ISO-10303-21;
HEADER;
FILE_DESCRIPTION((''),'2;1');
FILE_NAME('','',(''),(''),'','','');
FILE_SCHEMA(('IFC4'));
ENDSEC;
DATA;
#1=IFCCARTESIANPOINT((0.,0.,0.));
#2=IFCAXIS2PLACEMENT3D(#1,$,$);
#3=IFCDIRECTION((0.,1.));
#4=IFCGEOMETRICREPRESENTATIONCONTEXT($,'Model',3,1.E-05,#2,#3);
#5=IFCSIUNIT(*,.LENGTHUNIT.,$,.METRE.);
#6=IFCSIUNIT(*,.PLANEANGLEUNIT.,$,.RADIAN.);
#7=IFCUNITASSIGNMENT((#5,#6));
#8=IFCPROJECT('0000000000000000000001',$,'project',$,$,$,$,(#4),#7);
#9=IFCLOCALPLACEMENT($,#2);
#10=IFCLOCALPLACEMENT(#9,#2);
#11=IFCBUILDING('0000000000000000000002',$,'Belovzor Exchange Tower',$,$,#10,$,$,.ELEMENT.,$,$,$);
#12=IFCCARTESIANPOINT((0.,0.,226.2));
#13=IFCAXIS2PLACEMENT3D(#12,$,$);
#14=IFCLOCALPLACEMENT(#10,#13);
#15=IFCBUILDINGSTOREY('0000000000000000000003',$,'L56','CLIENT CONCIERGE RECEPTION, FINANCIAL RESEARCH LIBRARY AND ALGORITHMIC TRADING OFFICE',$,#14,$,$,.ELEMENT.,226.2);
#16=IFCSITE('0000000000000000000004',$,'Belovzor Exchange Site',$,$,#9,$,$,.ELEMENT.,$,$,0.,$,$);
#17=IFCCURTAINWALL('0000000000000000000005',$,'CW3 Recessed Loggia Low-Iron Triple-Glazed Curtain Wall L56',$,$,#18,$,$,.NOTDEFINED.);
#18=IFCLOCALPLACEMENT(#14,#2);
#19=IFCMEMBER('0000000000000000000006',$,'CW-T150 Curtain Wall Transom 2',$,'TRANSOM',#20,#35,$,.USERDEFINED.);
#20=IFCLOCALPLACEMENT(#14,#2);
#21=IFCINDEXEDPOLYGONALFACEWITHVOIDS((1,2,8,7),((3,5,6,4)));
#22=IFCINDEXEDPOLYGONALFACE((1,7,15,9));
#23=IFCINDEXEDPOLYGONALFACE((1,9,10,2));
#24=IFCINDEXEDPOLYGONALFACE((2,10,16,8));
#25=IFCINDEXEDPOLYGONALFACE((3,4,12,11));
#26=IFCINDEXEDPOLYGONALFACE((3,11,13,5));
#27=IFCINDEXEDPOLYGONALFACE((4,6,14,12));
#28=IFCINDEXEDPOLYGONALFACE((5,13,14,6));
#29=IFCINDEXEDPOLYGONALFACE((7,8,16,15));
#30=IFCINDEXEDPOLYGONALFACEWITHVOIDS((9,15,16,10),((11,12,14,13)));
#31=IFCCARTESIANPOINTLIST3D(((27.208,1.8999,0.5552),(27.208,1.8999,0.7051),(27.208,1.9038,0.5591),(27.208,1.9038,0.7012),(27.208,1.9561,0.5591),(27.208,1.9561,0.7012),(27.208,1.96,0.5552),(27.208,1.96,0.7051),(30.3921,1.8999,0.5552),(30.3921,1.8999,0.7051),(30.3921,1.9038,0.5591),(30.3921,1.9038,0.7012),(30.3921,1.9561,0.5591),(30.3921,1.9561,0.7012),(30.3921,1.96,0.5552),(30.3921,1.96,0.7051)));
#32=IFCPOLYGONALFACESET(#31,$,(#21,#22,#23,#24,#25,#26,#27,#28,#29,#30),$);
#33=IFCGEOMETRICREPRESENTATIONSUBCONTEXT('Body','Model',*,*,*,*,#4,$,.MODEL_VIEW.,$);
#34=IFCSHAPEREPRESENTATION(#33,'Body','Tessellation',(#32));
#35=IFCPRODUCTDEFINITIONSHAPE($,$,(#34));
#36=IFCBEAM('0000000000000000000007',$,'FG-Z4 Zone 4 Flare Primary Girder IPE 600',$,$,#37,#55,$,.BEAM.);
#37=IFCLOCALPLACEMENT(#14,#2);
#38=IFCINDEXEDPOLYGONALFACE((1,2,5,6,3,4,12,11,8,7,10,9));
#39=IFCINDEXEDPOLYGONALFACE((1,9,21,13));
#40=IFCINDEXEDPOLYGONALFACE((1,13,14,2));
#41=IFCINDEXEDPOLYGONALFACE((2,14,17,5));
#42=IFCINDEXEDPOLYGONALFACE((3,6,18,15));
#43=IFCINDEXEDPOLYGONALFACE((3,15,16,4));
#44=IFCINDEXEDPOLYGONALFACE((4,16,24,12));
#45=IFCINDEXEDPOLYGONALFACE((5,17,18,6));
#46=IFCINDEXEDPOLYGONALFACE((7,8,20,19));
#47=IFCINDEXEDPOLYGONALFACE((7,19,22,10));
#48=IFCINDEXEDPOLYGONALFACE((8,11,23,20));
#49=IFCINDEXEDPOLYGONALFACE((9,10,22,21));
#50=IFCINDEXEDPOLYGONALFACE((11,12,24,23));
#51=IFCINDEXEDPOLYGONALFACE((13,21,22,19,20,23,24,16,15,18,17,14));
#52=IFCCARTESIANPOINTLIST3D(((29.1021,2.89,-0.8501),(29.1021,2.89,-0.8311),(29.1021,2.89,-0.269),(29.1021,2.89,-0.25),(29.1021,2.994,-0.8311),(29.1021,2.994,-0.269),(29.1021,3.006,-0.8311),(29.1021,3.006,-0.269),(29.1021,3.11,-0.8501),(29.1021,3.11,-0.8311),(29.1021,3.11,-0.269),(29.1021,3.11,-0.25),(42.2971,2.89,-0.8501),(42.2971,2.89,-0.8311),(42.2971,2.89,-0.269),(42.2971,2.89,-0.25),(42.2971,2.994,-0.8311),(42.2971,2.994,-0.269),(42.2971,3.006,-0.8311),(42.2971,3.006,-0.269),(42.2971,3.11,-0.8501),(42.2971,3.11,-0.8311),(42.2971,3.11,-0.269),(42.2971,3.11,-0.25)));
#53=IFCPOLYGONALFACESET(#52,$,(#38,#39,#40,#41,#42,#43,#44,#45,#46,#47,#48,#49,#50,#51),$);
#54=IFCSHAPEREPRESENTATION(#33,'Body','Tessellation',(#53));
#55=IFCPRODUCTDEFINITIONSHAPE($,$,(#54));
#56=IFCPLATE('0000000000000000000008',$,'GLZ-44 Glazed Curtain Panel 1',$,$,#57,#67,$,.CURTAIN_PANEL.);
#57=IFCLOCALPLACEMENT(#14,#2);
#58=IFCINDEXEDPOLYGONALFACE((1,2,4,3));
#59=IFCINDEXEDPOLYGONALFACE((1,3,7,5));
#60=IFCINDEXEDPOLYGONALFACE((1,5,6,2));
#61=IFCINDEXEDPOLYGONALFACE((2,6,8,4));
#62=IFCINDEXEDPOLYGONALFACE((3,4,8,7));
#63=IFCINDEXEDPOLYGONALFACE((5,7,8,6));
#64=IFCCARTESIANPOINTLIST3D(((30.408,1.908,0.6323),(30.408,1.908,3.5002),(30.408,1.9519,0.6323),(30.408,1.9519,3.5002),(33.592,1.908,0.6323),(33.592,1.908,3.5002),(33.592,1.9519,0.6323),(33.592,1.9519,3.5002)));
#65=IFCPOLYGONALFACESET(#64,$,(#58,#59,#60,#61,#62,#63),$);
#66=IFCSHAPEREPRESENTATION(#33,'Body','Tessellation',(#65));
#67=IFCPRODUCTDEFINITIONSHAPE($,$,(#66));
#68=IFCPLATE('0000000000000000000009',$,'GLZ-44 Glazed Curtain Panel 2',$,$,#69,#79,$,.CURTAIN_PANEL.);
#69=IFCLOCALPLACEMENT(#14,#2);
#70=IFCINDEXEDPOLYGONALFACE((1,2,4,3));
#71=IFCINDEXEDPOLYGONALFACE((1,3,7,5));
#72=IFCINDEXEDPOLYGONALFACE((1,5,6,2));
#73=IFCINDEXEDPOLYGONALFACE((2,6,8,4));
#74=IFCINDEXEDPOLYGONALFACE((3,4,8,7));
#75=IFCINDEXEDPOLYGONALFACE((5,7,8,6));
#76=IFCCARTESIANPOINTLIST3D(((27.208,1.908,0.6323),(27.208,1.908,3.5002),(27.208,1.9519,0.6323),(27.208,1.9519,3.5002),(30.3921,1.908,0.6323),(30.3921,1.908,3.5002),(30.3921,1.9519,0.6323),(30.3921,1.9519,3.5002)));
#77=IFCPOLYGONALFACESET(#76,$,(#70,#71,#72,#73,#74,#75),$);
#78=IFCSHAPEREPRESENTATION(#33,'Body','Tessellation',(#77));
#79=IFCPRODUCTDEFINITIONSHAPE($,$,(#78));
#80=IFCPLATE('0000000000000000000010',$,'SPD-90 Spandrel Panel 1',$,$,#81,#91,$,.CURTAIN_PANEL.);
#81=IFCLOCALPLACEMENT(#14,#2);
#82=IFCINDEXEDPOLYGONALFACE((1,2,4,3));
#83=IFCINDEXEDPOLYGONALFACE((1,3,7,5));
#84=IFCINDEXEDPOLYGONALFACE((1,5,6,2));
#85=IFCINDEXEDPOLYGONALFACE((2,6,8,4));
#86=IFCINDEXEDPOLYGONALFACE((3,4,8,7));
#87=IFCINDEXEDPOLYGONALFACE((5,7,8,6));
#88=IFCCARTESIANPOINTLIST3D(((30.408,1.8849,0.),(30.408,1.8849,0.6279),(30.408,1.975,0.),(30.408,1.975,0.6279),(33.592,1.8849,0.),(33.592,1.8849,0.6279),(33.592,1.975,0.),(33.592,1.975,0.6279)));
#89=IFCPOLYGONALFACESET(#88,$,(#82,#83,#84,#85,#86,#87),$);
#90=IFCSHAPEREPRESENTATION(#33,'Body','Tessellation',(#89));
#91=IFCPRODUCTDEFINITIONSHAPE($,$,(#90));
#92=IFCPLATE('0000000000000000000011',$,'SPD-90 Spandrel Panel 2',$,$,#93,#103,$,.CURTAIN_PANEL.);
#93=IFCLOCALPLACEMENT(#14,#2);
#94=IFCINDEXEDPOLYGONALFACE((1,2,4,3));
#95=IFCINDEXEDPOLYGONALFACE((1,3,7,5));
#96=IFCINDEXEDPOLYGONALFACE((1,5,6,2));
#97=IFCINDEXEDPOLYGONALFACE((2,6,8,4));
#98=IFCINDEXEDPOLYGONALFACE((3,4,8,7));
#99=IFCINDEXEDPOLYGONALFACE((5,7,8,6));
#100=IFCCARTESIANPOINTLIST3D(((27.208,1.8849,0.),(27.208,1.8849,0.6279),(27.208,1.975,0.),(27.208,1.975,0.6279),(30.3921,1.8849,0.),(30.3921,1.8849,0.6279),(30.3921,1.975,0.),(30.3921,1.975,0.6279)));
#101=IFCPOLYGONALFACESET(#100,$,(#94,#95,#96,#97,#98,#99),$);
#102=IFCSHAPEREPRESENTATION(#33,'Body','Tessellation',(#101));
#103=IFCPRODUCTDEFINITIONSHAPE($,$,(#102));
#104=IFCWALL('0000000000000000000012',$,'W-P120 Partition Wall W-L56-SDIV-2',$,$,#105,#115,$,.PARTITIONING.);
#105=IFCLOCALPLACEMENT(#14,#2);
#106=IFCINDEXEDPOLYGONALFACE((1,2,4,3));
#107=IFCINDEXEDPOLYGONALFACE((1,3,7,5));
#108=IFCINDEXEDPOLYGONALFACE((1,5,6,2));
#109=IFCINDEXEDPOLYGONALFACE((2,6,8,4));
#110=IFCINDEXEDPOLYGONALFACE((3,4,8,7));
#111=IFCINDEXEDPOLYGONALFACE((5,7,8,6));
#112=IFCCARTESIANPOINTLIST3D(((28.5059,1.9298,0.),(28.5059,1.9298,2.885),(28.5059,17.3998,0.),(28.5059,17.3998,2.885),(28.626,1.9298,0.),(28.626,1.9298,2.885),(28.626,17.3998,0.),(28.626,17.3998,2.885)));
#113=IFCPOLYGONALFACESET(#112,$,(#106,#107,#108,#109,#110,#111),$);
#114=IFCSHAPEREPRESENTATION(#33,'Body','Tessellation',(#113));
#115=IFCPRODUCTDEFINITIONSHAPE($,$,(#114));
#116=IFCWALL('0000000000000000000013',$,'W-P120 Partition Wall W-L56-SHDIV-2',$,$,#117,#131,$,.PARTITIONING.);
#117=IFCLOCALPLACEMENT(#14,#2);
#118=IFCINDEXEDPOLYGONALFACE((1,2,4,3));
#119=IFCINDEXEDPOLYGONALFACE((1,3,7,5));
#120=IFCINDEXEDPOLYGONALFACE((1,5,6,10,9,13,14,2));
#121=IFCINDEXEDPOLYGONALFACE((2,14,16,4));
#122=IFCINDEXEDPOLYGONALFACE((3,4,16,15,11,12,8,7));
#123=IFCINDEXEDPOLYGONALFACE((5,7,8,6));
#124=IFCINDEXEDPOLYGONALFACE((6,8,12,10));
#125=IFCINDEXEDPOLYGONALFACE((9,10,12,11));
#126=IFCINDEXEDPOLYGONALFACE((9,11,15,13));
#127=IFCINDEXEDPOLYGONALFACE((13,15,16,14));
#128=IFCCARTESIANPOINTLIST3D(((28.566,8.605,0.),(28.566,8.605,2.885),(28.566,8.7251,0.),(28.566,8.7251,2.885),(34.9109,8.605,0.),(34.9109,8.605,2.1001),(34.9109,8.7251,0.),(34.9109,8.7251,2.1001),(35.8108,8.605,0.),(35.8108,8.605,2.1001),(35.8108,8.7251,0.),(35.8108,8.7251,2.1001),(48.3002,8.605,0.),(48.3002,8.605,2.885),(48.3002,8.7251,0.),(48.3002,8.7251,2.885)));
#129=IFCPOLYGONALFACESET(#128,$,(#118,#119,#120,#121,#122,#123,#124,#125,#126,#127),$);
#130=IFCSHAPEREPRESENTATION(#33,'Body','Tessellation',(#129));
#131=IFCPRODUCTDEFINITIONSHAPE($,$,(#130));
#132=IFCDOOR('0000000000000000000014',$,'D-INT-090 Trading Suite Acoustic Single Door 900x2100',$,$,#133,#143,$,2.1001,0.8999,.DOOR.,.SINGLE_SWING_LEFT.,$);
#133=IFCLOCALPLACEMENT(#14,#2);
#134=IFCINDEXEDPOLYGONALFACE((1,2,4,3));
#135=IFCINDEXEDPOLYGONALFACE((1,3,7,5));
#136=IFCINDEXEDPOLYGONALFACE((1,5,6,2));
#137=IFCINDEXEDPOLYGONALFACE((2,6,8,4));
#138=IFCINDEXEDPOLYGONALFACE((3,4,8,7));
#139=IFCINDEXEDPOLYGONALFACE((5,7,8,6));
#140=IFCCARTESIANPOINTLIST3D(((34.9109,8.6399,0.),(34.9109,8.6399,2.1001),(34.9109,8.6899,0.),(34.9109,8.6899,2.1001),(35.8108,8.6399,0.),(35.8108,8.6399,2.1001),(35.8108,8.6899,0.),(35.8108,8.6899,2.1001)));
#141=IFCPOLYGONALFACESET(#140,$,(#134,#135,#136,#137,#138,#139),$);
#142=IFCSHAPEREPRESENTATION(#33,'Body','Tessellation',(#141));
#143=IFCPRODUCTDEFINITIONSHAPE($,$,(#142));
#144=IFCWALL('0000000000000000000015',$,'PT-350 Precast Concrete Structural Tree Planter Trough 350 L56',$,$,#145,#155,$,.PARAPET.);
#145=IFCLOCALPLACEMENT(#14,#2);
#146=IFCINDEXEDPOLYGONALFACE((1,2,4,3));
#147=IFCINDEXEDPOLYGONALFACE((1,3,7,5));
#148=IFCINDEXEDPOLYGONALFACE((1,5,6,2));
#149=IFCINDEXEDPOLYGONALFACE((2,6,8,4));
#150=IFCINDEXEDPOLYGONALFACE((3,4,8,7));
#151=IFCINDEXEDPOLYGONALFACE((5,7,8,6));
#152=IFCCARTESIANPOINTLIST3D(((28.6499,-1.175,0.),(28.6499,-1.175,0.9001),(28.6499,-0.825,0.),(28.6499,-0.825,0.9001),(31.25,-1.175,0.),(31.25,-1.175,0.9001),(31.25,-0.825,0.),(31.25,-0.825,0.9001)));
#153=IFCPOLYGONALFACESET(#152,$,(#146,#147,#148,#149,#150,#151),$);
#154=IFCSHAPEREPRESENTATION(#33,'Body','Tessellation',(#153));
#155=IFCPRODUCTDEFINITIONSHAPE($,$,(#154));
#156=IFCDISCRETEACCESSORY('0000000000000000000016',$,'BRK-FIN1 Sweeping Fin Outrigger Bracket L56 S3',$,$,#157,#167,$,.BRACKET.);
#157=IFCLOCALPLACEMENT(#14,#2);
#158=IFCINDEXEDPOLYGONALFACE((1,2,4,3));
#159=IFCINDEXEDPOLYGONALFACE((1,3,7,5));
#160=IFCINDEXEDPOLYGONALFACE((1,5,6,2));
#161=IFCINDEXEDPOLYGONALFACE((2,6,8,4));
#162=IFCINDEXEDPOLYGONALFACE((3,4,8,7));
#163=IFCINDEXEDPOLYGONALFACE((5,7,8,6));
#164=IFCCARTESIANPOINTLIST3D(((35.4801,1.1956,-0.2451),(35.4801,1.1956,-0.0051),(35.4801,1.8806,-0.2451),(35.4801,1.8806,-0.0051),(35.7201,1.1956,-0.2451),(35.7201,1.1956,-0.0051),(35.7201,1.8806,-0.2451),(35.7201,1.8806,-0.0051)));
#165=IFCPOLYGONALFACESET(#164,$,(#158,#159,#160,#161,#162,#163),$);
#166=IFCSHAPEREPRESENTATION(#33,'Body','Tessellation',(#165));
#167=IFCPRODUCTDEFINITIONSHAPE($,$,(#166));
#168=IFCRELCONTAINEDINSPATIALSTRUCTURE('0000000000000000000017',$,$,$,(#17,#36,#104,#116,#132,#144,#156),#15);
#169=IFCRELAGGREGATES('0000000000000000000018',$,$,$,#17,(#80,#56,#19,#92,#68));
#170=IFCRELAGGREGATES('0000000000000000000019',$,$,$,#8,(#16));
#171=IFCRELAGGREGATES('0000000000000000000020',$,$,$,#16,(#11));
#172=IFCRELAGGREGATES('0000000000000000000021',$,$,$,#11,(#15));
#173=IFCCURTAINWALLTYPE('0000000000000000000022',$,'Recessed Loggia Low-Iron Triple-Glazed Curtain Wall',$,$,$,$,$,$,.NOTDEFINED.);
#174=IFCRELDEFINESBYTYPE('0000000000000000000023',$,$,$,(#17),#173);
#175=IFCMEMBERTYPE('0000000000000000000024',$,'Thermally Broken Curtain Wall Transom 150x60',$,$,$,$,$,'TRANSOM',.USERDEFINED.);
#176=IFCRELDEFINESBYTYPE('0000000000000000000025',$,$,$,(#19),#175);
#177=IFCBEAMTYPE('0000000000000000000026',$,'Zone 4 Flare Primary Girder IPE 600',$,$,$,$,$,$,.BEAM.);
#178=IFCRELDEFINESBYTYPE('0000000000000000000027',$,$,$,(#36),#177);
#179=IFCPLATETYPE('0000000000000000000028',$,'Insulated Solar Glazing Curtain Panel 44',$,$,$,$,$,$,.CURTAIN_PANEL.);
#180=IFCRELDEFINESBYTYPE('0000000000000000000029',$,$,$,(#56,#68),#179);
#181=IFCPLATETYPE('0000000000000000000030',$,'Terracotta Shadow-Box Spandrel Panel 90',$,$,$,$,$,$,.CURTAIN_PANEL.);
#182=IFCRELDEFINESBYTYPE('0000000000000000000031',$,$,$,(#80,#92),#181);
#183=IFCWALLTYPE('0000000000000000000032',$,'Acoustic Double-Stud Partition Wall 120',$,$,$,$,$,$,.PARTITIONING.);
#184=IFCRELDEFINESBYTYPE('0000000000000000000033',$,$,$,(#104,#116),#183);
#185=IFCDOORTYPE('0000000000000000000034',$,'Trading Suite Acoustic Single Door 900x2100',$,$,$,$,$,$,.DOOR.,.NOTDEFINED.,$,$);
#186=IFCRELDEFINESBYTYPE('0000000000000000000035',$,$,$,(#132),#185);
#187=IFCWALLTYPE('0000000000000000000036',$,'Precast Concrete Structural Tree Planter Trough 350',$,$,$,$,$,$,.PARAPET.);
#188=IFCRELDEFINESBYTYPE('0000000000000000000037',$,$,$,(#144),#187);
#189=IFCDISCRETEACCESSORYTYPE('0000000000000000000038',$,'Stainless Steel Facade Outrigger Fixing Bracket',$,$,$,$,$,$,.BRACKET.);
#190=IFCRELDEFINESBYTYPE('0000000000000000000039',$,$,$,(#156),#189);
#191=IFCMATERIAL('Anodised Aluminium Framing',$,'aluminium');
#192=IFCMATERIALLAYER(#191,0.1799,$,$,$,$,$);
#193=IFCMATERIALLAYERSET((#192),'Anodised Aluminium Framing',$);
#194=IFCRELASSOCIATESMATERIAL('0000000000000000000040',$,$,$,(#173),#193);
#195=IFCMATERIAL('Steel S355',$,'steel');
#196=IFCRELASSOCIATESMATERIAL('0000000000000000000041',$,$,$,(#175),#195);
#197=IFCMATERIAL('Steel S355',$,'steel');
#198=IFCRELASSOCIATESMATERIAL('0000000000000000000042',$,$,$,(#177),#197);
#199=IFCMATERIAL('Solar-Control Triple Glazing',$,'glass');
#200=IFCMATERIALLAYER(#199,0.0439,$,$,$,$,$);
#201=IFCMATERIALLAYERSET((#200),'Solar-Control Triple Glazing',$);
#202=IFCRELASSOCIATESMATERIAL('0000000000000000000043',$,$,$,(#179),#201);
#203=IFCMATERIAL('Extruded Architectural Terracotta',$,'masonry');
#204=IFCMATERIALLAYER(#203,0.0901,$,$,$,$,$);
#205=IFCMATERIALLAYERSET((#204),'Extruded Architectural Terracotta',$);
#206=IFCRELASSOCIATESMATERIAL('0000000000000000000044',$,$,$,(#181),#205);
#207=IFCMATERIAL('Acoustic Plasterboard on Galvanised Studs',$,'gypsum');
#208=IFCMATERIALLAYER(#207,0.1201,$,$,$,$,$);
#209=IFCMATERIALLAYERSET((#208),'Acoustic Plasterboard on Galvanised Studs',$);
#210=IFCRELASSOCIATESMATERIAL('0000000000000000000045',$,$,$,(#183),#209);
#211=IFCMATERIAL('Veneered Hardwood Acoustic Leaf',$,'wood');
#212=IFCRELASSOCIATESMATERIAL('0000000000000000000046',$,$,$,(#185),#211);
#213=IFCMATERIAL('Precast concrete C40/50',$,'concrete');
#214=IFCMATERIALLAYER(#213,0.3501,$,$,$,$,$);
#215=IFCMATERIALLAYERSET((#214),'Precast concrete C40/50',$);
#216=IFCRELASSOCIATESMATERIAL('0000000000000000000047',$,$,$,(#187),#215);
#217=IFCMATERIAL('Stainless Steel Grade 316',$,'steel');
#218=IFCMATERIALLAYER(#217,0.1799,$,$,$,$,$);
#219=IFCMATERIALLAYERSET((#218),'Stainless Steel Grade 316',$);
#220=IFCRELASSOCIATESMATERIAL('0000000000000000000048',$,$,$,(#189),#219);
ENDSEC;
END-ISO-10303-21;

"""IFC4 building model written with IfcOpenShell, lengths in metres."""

from ifc_helpers import new_model, si_unit, direction, frame, frame_2d, origin, origin_2d, place, context, subcontext, project, spatial, rectangle, hollow_rectangle, i_section, extrude, material, layer, layer_set, material_profile, profile_set, type_object, element, fill, aggregate, save


model = new_model("IFC4")

# Units and contexts
model_context = context("Model", 3, precision=1e-05, world=origin(), true_north=direction((0.0, 1.0)))
body_context = subcontext(model_context, "Body", "Model", "MODEL_VIEW")
ifc_project = project(units=[si_unit("LENGTHUNIT", "METRE"), si_unit("PLANEANGLEUNIT", "RADIAN")], contexts=[model_context])

# Site, building, storey
site_placement = place(None, origin())
site = spatial("IfcSite", under=ifc_project, at=site_placement, Name="Belovzor Exchange Site", CompositionType="ELEMENT", RefElevation=0.0)
building_placement = place(site_placement, origin())
building = spatial("IfcBuilding", under=site, at=building_placement, Name="Belovzor Exchange Tower", CompositionType="ELEMENT")
storey_placement = place(building_placement, frame((0.0, 0.0, 226.2)))
storey = spatial("IfcBuildingStorey", under=building, at=storey_placement, Name="L56", Description="CLIENT CONCIERGE RECEPTION, FINANCIAL RESEARCH LIBRARY AND ALGORITHMIC TRADING OFFICE", CompositionType="ELEMENT", Elevation=226.2)

# Curtain wall, member
ifc_material_1 = material(Name="Anodised Aluminium Framing", Category="aluminium")
ifc_layer_1 = layer(ifc_material_1, 0.1799)
ifc_layer_set_1 = layer_set([ifc_layer_1], Name="Anodised Aluminium Framing")
curtain_wall_type = type_object("IfcCurtainWallType", Name="Recessed Loggia Low-Iron Triple-Glazed Curtain Wall", PredefinedType="NOTDEFINED", material=ifc_layer_set_1)
curtain_wall_placement = place(storey_placement, origin())
curtain_wall = element("IfcCurtainWall", 1, at=curtain_wall_placement, inside=storey, type_object=curtain_wall_type, Name="CW3 Recessed Loggia Low-Iron Triple-Glazed Curtain Wall L56", PredefinedType="NOTDEFINED")
ifc_material_2 = material(Name="Steel S355", Category="steel")
ifc_material_profile_1 = material_profile(ifc_material_2, hollow_rectangle(XDim=0.0601, YDim=0.1499, WallThickness=0.0039, at=origin_2d()))
ifc_profile_set_1 = profile_set([ifc_material_profile_1], Name="Steel S355")
member_type_1 = type_object("IfcMemberType", Name="Thermally Broken Curtain Wall Transom 150x60", ElementType="TRANSOM", PredefinedType="USERDEFINED", material=ifc_profile_set_1)
member_1_placement = place(storey_placement, frame((30.3921, 1.9299, 0.6301), z_axis=(-1.0, 0.0, 0.0), x_axis=(0.0, -1.0, 0.0)))
member_1 = element("IfcMember", 2, at=member_1_placement, type_object=member_type_1, Name="CW-T150 Curtain Wall Transom 2", ObjectType="TRANSOM", PredefinedType="USERDEFINED", context=body_context, shape_type="SweptSolid", body=[
    extrude(hollow_rectangle(XDim=0.0601, YDim=0.1499, WallThickness=0.0039, at=origin_2d()), origin(), (0.0, 0.0, 1.0), 3.1841),
])

# Beam
ifc_material_3 = material(Name="Steel S355", Category="steel")
ifc_material_profile_2 = material_profile(ifc_material_3, i_section(OverallWidth=0.22, OverallDepth=0.6001, WebThickness=0.012, FlangeThickness=0.019, at=origin_2d()))
ifc_profile_set_2 = profile_set([ifc_material_profile_2], Name="Steel S355")
beam_type_1 = type_object("IfcBeamType", Name="Zone 4 Flare Primary Girder IPE 600", PredefinedType="BEAM", material=ifc_profile_set_2)
beam_1_placement = place(storey_placement, frame((29.1021, 3.0, -0.55), z_axis=(1.0, 0.0, 0.0), x_axis=(0.0, 1.0, 0.0)))
element("IfcBeam", 3, at=beam_1_placement, inside=storey, type_object=beam_type_1, Name="FG-Z4 Zone 4 Flare Primary Girder IPE 600", PredefinedType="BEAM", context=body_context, shape_type="SweptSolid", body=[
    extrude(i_section(OverallWidth=0.22, OverallDepth=0.6001, WebThickness=0.012, FlangeThickness=0.019, at=origin_2d()), origin(), (0.0, 0.0, 1.0), 13.1951),
])

# Plates
ifc_material_4 = material(Name="Solar-Control Triple Glazing", Category="glass")
ifc_layer_2 = layer(ifc_material_4, 0.0439)
ifc_layer_set_2 = layer_set([ifc_layer_2], Name="Solar-Control Triple Glazing")
plate_type_1 = type_object("IfcPlateType", Name="Insulated Solar Glazing Curtain Panel 44", PredefinedType="CURTAIN_PANEL", material=ifc_layer_set_2)
plate_1_placement = place(storey_placement, frame((32.0, 1.9299, 0.6323), z_axis=(0.0, 0.0, 1.0), x_axis=(-1.0, 0.0, 0.0)))
plate_1 = element("IfcPlate", 4, at=plate_1_placement, type_object=plate_type_1, Name="GLZ-44 Glazed Curtain Panel 1", PredefinedType="CURTAIN_PANEL", context=body_context, shape_type="SweptSolid", body=[
    extrude(rectangle(XDim=3.1841, YDim=0.0439, at=origin_2d()), origin(), (0.0, 0.0, 1.0), 2.8679),
])
plate_2_placement = place(storey_placement, frame((28.8, 1.9299, 0.6323), z_axis=(0.0, 0.0, 1.0), x_axis=(-1.0, 0.0, 0.0)))
plate_2 = element("IfcPlate", 5, at=plate_2_placement, type_object=plate_type_1, Name="GLZ-44 Glazed Curtain Panel 2", PredefinedType="CURTAIN_PANEL", context=body_context, shape_type="SweptSolid", body=[
    extrude(rectangle(XDim=3.1841, YDim=0.0439, at=origin_2d()), origin(), (0.0, 0.0, 1.0), 2.8679),
])
ifc_material_5 = material(Name="Extruded Architectural Terracotta", Category="masonry")
ifc_layer_3 = layer(ifc_material_5, 0.0901)
ifc_layer_set_3 = layer_set([ifc_layer_3], Name="Extruded Architectural Terracotta")
plate_type_2 = type_object("IfcPlateType", Name="Terracotta Shadow-Box Spandrel Panel 90", PredefinedType="CURTAIN_PANEL", material=ifc_layer_set_3)
plate_3_placement = place(storey_placement, frame((32.0, 1.9299, 0.0), z_axis=(0.0, 0.0, 1.0), x_axis=(-1.0, 0.0, 0.0)))
plate_3 = element("IfcPlate", 6, at=plate_3_placement, type_object=plate_type_2, Name="SPD-90 Spandrel Panel 1", PredefinedType="CURTAIN_PANEL", context=body_context, shape_type="SweptSolid", body=[
    extrude(rectangle(XDim=3.1841, YDim=0.0901, at=origin_2d()), origin(), (0.0, 0.0, 1.0), 0.6279),
])
plate_4_placement = place(storey_placement, frame((28.8, 1.9299, 0.0), z_axis=(0.0, 0.0, 1.0), x_axis=(-1.0, 0.0, 0.0)))
plate_4 = element("IfcPlate", 7, at=plate_4_placement, type_object=plate_type_2, Name="SPD-90 Spandrel Panel 2", PredefinedType="CURTAIN_PANEL", context=body_context, shape_type="SweptSolid", body=[
    extrude(rectangle(XDim=3.1841, YDim=0.0901, at=origin_2d()), origin(), (0.0, 0.0, 1.0), 0.6279),
])
aggregate(curtain_wall, [plate_3, plate_1, member_1, plate_4, plate_2])

# Wall
ifc_material_6 = material(Name="Acoustic Plasterboard on Galvanised Studs", Category="gypsum")
ifc_layer_4 = layer(ifc_material_6, 0.1201)
ifc_layer_set_4 = layer_set([ifc_layer_4], Name="Acoustic Plasterboard on Galvanised Studs")
wall_type_1 = type_object("IfcWallType", Name="Acoustic Double-Stud Partition Wall 120", PredefinedType="PARTITIONING", material=ifc_layer_set_4)
wall_1_placement = place(storey_placement, frame((28.5659, 1.9299, 0.0), z_axis=(0.0, 0.0, 1.0), x_axis=(0.0, 1.0, 0.0)))
element("IfcWall", 8, at=wall_1_placement, inside=storey, type_object=wall_type_1, Name="W-P120 Partition Wall W-L56-SDIV-2", PredefinedType="PARTITIONING", context=body_context, shape_type="SweptSolid", body=[
    extrude(rectangle(XDim=15.47, YDim=0.1201, at=frame_2d((7.7349, 0.0))), origin(), (0.0, 0.0, 1.0), 2.885),
])

# Wall, opening, door
wall_2_placement = place(storey_placement, frame((28.5659, 8.665, 0.0), z_axis=(0.0, 0.0, 1.0), x_axis=(1.0, 0.0, 0.0)))
wall_2 = element("IfcWall", 9, at=wall_2_placement, inside=storey, type_object=wall_type_1, Name="W-P120 Partition Wall W-L56-SHDIV-2", PredefinedType="PARTITIONING", context=body_context, shape_type="SweptSolid", body=[
    extrude(rectangle(XDim=19.7341, YDim=0.1201, at=frame_2d((9.8672, 0.0))), origin(), (0.0, 0.0, 1.0), 2.885),
])
opening_placement = place(wall_2_placement, frame((6.345, 0.0, 0.0)))
opening = element("IfcOpeningElement", 10, at=opening_placement, cuts=wall_2, PredefinedType="OPENING", context=body_context, shape_type="SweptSolid", body=[
    extrude(rectangle(XDim=0.8999, YDim=2.1001, at=frame_2d((0.45, 1.05))), frame((0.0, 0.0701, 0.0), z_axis=(0.0, -1.0, 0.0), x_axis=(1.0, 0.0, 0.0)), (0.0, 0.0, 1.0), 0.1401),
])
ifc_material_7 = material(Name="Veneered Hardwood Acoustic Leaf", Category="wood")
door_type = type_object("IfcDoorType", Name="Trading Suite Acoustic Single Door 900x2100", OperationType="NOTDEFINED", PredefinedType="DOOR", material=ifc_material_7)
door_placement = place(opening_placement, origin())
door = element("IfcDoor", 11, at=door_placement, inside=storey, type_object=door_type, Name="D-INT-090 Trading Suite Acoustic Single Door 900x2100", OperationType="SINGLE_SWING_LEFT", OverallHeight=2.1001, OverallWidth=0.8999, PredefinedType="DOOR", context=body_context, shape_type="SweptSolid", body=[
    extrude(rectangle(XDim=0.8999, YDim=2.1001, at=frame_2d((0.45, 1.05))), frame((0.0, 0.0249, 0.0), z_axis=(0.0, -1.0, 0.0), x_axis=(1.0, 0.0, 0.0)), (0.0, 0.0, 1.0), 0.05),
])
fill(opening, door)

# Wall
ifc_material_8 = material(Name="Precast concrete C40/50", Category="concrete")
ifc_layer_5 = layer(ifc_material_8, 0.3501)
ifc_layer_set_5 = layer_set([ifc_layer_5], Name="Precast concrete C40/50")
wall_type_2 = type_object("IfcWallType", Name="Precast Concrete Structural Tree Planter Trough 350", PredefinedType="PARAPET", material=ifc_layer_set_5)
wall_3_placement = place(storey_placement, frame((28.6499, -1.0, 0.0), z_axis=(0.0, 0.0, 1.0), x_axis=(1.0, 0.0, 0.0)))
element("IfcWall", 12, at=wall_3_placement, inside=storey, type_object=wall_type_2, Name="PT-350 Precast Concrete Structural Tree Planter Trough 350 L56", PredefinedType="PARAPET", context=body_context, shape_type="SweptSolid", body=[
    extrude(rectangle(XDim=2.6001, YDim=0.3501, at=frame_2d((1.3, 0.0))), origin(), (0.0, 0.0, 1.0), 0.9001),
])

# Discrete accessory
ifc_material_9 = material(Name="Stainless Steel Grade 316", Category="steel")
ifc_layer_6 = layer(ifc_material_9, 0.1799)
ifc_layer_set_6 = layer_set([ifc_layer_6], Name="Stainless Steel Grade 316")
discrete_accessory_type = type_object("IfcDiscreteAccessoryType", Name="Stainless Steel Facade Outrigger Fixing Bracket", PredefinedType="BRACKET", material=ifc_layer_set_6)
discrete_accessory_placement = place(storey_placement, frame((35.6001, 1.5381, -0.2451), z_axis=(0.0, 0.0, 1.0), x_axis=(0.0, 1.0, 0.0)))
element("IfcDiscreteAccessory", 13, at=discrete_accessory_placement, inside=storey, type_object=discrete_accessory_type, Name="BRK-FIN1 Sweeping Fin Outrigger Bracket L56 S3", PredefinedType="BRACKET", context=body_context, shape_type="SweptSolid", body=[
    extrude(rectangle(XDim=0.6851, YDim=0.24, at=origin_2d()), origin(), (0.0, 0.0, 1.0), 0.24),
])

save(model, "model.ifc")
